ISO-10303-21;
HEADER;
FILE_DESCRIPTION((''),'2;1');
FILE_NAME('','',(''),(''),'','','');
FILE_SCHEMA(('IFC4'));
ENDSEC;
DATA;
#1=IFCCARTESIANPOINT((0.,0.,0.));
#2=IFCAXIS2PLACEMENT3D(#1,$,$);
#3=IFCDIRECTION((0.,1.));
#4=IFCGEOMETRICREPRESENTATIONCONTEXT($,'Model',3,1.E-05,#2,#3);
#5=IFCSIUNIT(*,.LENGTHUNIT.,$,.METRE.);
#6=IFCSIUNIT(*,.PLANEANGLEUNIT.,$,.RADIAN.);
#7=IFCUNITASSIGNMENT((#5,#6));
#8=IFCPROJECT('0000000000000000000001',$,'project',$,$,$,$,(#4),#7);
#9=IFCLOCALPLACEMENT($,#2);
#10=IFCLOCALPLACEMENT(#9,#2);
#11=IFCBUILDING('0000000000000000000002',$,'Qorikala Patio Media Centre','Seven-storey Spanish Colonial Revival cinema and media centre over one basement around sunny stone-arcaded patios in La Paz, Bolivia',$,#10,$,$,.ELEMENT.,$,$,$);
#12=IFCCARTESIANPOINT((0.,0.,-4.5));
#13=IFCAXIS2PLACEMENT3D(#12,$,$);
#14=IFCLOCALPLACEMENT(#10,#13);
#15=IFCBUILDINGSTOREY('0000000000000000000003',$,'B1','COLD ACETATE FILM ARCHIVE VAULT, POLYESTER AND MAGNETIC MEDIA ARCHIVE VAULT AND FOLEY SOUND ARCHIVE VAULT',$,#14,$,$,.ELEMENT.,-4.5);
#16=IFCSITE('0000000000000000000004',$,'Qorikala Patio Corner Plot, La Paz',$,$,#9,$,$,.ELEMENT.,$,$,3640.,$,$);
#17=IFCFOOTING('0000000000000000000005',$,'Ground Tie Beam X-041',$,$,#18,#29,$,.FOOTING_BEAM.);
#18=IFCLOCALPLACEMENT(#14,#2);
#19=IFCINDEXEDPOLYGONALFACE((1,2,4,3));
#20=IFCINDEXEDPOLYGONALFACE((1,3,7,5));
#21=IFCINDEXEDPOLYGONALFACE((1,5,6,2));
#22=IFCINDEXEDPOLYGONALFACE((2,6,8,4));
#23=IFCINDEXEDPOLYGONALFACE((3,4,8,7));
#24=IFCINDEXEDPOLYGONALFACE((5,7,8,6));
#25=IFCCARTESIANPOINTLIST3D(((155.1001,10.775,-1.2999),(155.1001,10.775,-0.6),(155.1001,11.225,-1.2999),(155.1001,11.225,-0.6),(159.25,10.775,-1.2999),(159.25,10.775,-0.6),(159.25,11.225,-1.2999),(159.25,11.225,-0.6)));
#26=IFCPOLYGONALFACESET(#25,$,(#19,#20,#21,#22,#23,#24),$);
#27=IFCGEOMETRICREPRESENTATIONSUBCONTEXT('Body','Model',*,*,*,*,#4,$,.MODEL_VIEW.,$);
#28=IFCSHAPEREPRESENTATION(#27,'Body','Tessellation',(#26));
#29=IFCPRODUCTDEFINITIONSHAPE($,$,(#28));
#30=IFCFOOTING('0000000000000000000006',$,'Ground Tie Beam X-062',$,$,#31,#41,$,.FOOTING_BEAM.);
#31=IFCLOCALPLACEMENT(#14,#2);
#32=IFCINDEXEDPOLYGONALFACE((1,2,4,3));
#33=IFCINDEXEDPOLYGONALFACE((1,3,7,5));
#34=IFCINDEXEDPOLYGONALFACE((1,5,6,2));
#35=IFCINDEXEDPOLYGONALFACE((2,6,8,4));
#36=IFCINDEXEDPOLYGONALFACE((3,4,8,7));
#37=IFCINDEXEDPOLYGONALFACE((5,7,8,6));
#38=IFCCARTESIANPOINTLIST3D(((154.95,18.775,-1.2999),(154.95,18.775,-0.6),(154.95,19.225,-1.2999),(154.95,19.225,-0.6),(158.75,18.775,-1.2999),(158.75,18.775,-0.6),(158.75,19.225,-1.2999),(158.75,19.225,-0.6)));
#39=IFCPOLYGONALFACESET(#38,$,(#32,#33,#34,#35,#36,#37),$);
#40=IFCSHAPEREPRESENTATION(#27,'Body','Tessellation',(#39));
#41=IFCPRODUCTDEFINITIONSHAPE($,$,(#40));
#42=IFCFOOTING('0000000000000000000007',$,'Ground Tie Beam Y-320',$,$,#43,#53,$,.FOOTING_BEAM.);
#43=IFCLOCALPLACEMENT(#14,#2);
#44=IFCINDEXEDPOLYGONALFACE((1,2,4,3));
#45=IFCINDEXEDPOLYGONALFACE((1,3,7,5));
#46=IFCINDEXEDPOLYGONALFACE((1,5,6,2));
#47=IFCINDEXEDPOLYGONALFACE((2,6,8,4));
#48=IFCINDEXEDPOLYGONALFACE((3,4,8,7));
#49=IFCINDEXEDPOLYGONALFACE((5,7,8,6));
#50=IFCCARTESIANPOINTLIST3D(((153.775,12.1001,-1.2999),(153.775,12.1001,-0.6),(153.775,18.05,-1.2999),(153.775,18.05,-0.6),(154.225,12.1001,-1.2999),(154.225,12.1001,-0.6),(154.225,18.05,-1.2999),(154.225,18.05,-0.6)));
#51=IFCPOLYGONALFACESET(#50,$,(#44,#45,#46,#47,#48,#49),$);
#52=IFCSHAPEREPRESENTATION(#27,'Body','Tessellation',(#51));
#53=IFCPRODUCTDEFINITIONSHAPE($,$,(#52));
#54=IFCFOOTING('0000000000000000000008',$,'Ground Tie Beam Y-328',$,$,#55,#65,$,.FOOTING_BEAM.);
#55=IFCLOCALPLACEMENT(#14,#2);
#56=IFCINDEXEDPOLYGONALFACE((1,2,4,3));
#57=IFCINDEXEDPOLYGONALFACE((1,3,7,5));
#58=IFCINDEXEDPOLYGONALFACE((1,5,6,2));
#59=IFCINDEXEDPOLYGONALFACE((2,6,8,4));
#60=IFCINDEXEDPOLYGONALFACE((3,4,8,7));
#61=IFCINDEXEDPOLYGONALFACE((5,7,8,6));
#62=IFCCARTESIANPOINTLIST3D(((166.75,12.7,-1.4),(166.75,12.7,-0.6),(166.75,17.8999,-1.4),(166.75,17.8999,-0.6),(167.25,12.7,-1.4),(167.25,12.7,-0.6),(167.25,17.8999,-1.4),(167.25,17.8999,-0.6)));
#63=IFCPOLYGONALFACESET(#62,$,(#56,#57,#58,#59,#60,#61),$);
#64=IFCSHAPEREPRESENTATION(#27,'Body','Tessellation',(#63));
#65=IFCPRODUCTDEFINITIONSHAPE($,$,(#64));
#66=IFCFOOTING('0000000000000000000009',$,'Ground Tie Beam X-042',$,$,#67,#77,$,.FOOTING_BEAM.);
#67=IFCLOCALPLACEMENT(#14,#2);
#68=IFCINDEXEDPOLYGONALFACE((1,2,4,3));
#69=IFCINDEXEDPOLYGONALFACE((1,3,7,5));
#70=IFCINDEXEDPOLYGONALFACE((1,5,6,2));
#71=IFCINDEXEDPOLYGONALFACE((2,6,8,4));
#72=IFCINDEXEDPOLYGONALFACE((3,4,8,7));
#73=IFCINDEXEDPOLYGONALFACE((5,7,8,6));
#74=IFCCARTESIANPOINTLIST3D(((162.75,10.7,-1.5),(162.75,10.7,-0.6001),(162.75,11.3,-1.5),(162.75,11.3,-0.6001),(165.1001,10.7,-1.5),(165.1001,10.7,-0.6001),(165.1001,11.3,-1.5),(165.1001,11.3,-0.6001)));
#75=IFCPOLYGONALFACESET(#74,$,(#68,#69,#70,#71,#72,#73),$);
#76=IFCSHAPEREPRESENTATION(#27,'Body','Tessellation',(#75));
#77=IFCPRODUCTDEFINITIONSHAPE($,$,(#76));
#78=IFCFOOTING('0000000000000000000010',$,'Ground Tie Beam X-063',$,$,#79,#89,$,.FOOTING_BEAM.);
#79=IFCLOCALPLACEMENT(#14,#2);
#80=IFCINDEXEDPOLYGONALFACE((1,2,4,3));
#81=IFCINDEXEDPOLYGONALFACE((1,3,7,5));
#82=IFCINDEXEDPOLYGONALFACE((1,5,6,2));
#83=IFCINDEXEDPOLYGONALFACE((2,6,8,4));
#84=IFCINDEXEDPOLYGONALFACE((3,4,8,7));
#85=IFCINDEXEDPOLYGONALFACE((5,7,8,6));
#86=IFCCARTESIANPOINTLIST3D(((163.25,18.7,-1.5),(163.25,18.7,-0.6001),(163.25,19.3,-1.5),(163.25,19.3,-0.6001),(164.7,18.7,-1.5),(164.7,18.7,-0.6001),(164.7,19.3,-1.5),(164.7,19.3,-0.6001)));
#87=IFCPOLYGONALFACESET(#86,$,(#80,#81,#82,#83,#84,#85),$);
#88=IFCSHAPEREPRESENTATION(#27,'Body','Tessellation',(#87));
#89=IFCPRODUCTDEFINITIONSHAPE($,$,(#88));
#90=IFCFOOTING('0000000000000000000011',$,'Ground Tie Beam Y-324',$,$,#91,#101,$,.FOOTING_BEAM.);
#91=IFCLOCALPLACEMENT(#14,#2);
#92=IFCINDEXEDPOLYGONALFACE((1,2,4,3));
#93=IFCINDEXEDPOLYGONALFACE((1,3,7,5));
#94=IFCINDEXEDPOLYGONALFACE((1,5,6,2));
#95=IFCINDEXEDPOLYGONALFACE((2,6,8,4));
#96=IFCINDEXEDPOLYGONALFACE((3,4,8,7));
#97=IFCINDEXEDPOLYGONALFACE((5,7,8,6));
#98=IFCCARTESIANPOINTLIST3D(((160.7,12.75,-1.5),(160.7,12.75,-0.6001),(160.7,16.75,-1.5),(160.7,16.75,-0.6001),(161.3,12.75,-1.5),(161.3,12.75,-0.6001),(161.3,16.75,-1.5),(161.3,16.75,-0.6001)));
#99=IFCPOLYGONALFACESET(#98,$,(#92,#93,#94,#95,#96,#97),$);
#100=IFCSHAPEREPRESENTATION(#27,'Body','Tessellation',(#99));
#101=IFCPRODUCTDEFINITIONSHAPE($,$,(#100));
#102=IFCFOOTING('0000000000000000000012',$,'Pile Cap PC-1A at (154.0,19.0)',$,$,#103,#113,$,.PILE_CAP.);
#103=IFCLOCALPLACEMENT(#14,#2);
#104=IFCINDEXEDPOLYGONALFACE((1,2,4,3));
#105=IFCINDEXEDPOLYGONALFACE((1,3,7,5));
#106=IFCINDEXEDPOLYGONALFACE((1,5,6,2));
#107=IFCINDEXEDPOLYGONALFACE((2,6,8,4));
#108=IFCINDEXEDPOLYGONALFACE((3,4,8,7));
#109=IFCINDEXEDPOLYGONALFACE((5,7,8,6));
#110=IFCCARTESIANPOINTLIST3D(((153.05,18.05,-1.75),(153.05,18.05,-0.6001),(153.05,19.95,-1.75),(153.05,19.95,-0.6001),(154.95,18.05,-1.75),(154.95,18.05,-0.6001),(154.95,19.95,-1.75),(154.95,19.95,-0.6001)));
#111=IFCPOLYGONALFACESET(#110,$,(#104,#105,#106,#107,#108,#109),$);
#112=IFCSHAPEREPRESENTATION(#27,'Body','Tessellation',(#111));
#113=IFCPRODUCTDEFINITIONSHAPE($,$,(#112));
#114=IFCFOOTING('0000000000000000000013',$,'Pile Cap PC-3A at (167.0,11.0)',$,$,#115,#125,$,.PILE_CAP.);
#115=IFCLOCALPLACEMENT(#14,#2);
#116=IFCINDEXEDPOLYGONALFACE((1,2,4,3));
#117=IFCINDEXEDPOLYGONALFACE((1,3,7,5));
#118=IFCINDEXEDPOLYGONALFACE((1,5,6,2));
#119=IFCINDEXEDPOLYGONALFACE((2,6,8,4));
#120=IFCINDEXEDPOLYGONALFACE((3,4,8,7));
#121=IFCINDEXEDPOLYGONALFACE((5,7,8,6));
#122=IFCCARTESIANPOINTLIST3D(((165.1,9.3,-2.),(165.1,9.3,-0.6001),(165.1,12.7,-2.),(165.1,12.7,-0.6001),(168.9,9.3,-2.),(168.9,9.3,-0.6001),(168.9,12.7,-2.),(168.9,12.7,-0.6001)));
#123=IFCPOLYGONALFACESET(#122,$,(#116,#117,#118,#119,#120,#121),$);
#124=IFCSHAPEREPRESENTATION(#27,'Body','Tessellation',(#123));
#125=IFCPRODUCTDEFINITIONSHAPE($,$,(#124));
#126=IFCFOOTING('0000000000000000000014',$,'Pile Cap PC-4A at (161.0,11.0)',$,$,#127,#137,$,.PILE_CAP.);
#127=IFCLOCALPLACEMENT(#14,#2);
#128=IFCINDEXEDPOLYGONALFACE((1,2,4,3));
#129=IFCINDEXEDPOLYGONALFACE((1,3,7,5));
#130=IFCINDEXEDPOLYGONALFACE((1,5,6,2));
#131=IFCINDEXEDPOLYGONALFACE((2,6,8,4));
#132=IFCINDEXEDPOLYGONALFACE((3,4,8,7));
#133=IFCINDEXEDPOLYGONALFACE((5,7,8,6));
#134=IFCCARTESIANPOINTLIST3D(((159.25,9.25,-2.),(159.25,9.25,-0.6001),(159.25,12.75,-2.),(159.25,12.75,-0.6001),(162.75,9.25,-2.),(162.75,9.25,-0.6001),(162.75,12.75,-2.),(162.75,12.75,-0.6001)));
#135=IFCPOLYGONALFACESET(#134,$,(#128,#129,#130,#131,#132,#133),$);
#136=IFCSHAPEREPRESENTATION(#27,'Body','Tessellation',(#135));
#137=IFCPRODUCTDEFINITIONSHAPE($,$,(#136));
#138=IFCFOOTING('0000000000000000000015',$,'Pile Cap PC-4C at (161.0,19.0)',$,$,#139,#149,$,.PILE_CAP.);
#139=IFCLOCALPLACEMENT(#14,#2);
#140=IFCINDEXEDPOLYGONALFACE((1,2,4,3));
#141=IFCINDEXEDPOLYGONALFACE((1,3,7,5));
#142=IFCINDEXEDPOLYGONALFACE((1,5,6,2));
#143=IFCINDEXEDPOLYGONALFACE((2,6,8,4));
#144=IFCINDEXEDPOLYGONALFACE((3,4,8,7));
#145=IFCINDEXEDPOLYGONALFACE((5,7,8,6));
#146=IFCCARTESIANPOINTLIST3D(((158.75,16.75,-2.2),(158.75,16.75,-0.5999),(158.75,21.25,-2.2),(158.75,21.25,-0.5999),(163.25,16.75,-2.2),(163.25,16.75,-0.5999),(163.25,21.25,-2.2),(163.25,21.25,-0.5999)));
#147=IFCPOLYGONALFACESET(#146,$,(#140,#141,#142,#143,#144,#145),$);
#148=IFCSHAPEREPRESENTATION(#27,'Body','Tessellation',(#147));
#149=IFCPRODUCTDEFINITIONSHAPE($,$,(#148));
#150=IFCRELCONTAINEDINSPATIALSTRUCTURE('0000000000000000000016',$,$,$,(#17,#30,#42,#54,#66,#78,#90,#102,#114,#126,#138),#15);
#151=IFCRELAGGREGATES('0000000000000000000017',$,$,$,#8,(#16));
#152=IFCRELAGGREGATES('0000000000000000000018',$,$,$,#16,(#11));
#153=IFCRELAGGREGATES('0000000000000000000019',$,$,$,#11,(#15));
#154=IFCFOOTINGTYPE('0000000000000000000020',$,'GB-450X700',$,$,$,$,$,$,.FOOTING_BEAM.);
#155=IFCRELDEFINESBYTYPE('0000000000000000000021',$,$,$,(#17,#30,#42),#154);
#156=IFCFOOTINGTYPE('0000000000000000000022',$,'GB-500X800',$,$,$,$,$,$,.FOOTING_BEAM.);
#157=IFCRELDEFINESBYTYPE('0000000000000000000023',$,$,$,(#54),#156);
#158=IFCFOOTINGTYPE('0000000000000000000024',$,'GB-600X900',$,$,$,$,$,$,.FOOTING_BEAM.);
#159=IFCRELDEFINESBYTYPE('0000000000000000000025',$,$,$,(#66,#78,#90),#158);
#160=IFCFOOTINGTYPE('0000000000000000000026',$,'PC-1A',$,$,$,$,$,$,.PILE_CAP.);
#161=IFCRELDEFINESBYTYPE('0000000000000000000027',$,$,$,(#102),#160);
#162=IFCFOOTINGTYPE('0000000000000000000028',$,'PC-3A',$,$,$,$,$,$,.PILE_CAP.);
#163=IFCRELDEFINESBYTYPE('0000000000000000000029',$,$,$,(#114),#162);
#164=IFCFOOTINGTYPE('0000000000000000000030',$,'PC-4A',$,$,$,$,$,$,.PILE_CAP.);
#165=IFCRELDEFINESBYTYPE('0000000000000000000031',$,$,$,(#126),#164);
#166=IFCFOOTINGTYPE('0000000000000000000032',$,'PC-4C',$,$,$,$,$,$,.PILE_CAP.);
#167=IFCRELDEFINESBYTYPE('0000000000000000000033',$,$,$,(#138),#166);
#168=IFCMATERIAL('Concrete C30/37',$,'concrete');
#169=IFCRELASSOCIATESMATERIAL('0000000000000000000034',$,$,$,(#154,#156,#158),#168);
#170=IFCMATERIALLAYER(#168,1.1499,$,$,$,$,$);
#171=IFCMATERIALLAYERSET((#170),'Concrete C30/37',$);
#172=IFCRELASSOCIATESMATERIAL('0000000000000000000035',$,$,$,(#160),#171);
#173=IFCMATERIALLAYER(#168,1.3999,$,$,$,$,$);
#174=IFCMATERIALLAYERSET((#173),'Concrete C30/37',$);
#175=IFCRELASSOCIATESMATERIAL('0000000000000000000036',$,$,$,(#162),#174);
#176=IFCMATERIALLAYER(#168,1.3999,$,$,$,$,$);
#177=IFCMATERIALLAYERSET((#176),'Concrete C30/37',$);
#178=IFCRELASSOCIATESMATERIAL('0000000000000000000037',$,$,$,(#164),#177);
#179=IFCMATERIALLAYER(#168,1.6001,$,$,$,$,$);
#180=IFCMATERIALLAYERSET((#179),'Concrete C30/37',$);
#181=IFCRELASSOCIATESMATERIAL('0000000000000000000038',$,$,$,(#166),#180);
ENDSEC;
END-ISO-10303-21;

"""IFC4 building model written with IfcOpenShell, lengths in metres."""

from ifc_helpers import new_model, si_unit, direction, frame, origin, origin_2d, place, context, subcontext, project, spatial, rectangle, extrude, material, layer, layer_set, material_profile, profile_set, type_object, element, save


model = new_model("IFC4")

# Units and contexts
model_context = context("Model", 3, precision=1e-05, world=origin(), true_north=direction((0.0, 1.0)))
body_context = subcontext(model_context, "Body", "Model", "MODEL_VIEW")
ifc_project = project(units=[si_unit("LENGTHUNIT", "METRE"), si_unit("PLANEANGLEUNIT", "RADIAN")], contexts=[model_context])

# Site, building, storey
site_placement = place(None, origin())
site = spatial("IfcSite", under=ifc_project, at=site_placement, Name="Qorikala Patio Corner Plot, La Paz", CompositionType="ELEMENT", RefElevation=3640.0)
building_placement = place(site_placement, origin())
building = spatial("IfcBuilding", under=site, at=building_placement, Name="Qorikala Patio Media Centre", Description="Seven-storey Spanish Colonial Revival cinema and media centre over one basement around sunny stone-arcaded patios in La Paz, Bolivia", CompositionType="ELEMENT")
storey_placement = place(building_placement, frame((0.0, 0.0, -4.5)))
storey = spatial("IfcBuildingStorey", under=building, at=storey_placement, Name="B1", Description="COLD ACETATE FILM ARCHIVE VAULT, POLYESTER AND MAGNETIC MEDIA ARCHIVE VAULT AND FOLEY SOUND ARCHIVE VAULT", CompositionType="ELEMENT", Elevation=-4.5)

# Footings
ifc_material_1 = material(Name="Concrete C30/37", Category="concrete")
ifc_material_profile_1 = material_profile(ifc_material_1, rectangle(XDim=0.45, YDim=0.7, at=origin_2d()), Name="RC 450x700")
ifc_profile_set_1 = profile_set([ifc_material_profile_1], Name="Concrete C30/37")
footing_type_1 = type_object("IfcFootingType", Name="GB-450X700", PredefinedType="FOOTING_BEAM", material=ifc_profile_set_1)
footing_1_placement = place(storey_placement, frame((155.1001, 11.0, -0.95), z_axis=(1.0, 0.0, 0.0), x_axis=(0.0, 1.0, 0.0)))
element("IfcFooting", 1, at=footing_1_placement, inside=storey, type_object=footing_type_1, Name="Ground Tie Beam X-041", PredefinedType="FOOTING_BEAM", context=body_context, shape_type="SweptSolid", body=[
    extrude(rectangle(XDim=0.45, YDim=0.7, at=origin_2d()), origin(), (0.0, 0.0, 1.0), 4.1499),
])
footing_2_placement = place(storey_placement, frame((154.95, 19.0, -0.95), z_axis=(1.0, 0.0, 0.0), x_axis=(0.0, 1.0, 0.0)))
element("IfcFooting", 2, at=footing_2_placement, inside=storey, type_object=footing_type_1, Name="Ground Tie Beam X-062", PredefinedType="FOOTING_BEAM", context=body_context, shape_type="SweptSolid", body=[
    extrude(rectangle(XDim=0.45, YDim=0.7, at=origin_2d()), origin(), (0.0, 0.0, 1.0), 3.8),
])
footing_3_placement = place(storey_placement, frame((154.0, 12.1001, -0.95), z_axis=(0.0, 1.0, 0.0), x_axis=(-1.0, 0.0, 0.0)))
element("IfcFooting", 3, at=footing_3_placement, inside=storey, type_object=footing_type_1, Name="Ground Tie Beam Y-320", PredefinedType="FOOTING_BEAM", context=body_context, shape_type="SweptSolid", body=[
    extrude(rectangle(XDim=0.45, YDim=0.7, at=origin_2d()), origin(), (0.0, 0.0, 1.0), 5.95),
])
ifc_material_profile_2 = material_profile(ifc_material_1, rectangle(XDim=0.5, YDim=0.8, at=origin_2d()), Name="RC 500x800")
ifc_profile_set_2 = profile_set([ifc_material_profile_2], Name="Concrete C30/37")
footing_type_2 = type_object("IfcFootingType", Name="GB-500X800", PredefinedType="FOOTING_BEAM", material=ifc_profile_set_2)
footing_4_placement = place(storey_placement, frame((167.0, 12.7, -1.0), z_axis=(0.0, 1.0, 0.0), x_axis=(-1.0, 0.0, 0.0)))
element("IfcFooting", 4, at=footing_4_placement, inside=storey, type_object=footing_type_2, Name="Ground Tie Beam Y-328", PredefinedType="FOOTING_BEAM", context=body_context, shape_type="SweptSolid", body=[
    extrude(rectangle(XDim=0.5, YDim=0.8, at=origin_2d()), origin(), (0.0, 0.0, 1.0), 5.2),
])
ifc_material_profile_3 = material_profile(ifc_material_1, rectangle(XDim=0.6001, YDim=0.8999, at=origin_2d()), Name="RC 600x900")
ifc_profile_set_3 = profile_set([ifc_material_profile_3], Name="Concrete C30/37")
footing_type_3 = type_object("IfcFootingType", Name="GB-600X900", PredefinedType="FOOTING_BEAM", material=ifc_profile_set_3)
footing_5_placement = place(storey_placement, frame((162.75, 11.0, -1.05), z_axis=(1.0, 0.0, 0.0), x_axis=(0.0, 1.0, 0.0)))
element("IfcFooting", 5, at=footing_5_placement, inside=storey, type_object=footing_type_3, Name="Ground Tie Beam X-042", PredefinedType="FOOTING_BEAM", context=body_context, shape_type="SweptSolid", body=[
    extrude(rectangle(XDim=0.6001, YDim=0.8999, at=origin_2d()), origin(), (0.0, 0.0, 1.0), 2.3501),
])
footing_6_placement = place(storey_placement, frame((163.25, 19.0, -1.05), z_axis=(1.0, 0.0, 0.0), x_axis=(0.0, 1.0, 0.0)))
element("IfcFooting", 6, at=footing_6_placement, inside=storey, type_object=footing_type_3, Name="Ground Tie Beam X-063", PredefinedType="FOOTING_BEAM", context=body_context, shape_type="SweptSolid", body=[
    extrude(rectangle(XDim=0.6001, YDim=0.8999, at=origin_2d()), origin(), (0.0, 0.0, 1.0), 1.45),
])
footing_7_placement = place(storey_placement, frame((161.0, 12.75, -1.05), z_axis=(0.0, 1.0, 0.0), x_axis=(-1.0, 0.0, 0.0)))
element("IfcFooting", 7, at=footing_7_placement, inside=storey, type_object=footing_type_3, Name="Ground Tie Beam Y-324", PredefinedType="FOOTING_BEAM", context=body_context, shape_type="SweptSolid", body=[
    extrude(rectangle(XDim=0.6001, YDim=0.8999, at=origin_2d()), origin(), (0.0, 0.0, 1.0), 4.0),
])
ifc_layer_1 = layer(ifc_material_1, 1.1499)
ifc_layer_set_1 = layer_set([ifc_layer_1], Name="Concrete C30/37")
footing_type_4 = type_object("IfcFootingType", Name="PC-1A", PredefinedType="PILE_CAP", material=ifc_layer_set_1)
footing_8_placement = place(storey_placement, frame((154.0, 19.0, -1.75), z_axis=(0.0, 0.0, 1.0), x_axis=(1.0, 0.0, 0.0)))
element("IfcFooting", 8, at=footing_8_placement, inside=storey, type_object=footing_type_4, Name="Pile Cap PC-1A at (154.0,19.0)", PredefinedType="PILE_CAP", context=body_context, shape_type="SweptSolid", body=[
    extrude(rectangle(XDim=1.8999, YDim=1.8999, at=origin_2d()), origin(), (0.0, 0.0, 1.0), 1.1499),
])
ifc_layer_2 = layer(ifc_material_1, 1.3999)
ifc_layer_set_2 = layer_set([ifc_layer_2], Name="Concrete C30/37")
footing_type_5 = type_object("IfcFootingType", Name="PC-3A", PredefinedType="PILE_CAP", material=ifc_layer_set_2)
footing_9_placement = place(storey_placement, frame((167.0, 11.0, -2.0), z_axis=(0.0, 0.0, 1.0), x_axis=(1.0, 0.0, 0.0)))
element("IfcFooting", 9, at=footing_9_placement, inside=storey, type_object=footing_type_5, Name="Pile Cap PC-3A at (167.0,11.0)", PredefinedType="PILE_CAP", context=body_context, shape_type="SweptSolid", body=[
    extrude(rectangle(XDim=3.8, YDim=3.3999, at=origin_2d()), origin(), (0.0, 0.0, 1.0), 1.3999),
])
ifc_layer_3 = layer(ifc_material_1, 1.3999)
ifc_layer_set_3 = layer_set([ifc_layer_3], Name="Concrete C30/37")
footing_type_6 = type_object("IfcFootingType", Name="PC-4A", PredefinedType="PILE_CAP", material=ifc_layer_set_3)
footing_10_placement = place(storey_placement, frame((161.0, 11.0, -2.0), z_axis=(0.0, 0.0, 1.0), x_axis=(1.0, 0.0, 0.0)))
element("IfcFooting", 10, at=footing_10_placement, inside=storey, type_object=footing_type_6, Name="Pile Cap PC-4A at (161.0,11.0)", PredefinedType="PILE_CAP", context=body_context, shape_type="SweptSolid", body=[
    extrude(rectangle(XDim=3.5, YDim=3.5, at=origin_2d()), origin(), (0.0, 0.0, 1.0), 1.3999),
])
ifc_layer_4 = layer(ifc_material_1, 1.6001)
ifc_layer_set_4 = layer_set([ifc_layer_4], Name="Concrete C30/37")
footing_type_7 = type_object("IfcFootingType", Name="PC-4C", PredefinedType="PILE_CAP", material=ifc_layer_set_4)
footing_11_placement = place(storey_placement, frame((161.0, 19.0, -2.2), z_axis=(0.0, 0.0, 1.0), x_axis=(1.0, 0.0, 0.0)))
element("IfcFooting", 11, at=footing_11_placement, inside=storey, type_object=footing_type_7, Name="Pile Cap PC-4C at (161.0,19.0)", PredefinedType="PILE_CAP", context=body_context, shape_type="SweptSolid", body=[
    extrude(rectangle(XDim=4.5, YDim=4.5, at=origin_2d()), origin(), (0.0, 0.0, 1.0), 1.6001),
])

save(model, "model.ifc")
